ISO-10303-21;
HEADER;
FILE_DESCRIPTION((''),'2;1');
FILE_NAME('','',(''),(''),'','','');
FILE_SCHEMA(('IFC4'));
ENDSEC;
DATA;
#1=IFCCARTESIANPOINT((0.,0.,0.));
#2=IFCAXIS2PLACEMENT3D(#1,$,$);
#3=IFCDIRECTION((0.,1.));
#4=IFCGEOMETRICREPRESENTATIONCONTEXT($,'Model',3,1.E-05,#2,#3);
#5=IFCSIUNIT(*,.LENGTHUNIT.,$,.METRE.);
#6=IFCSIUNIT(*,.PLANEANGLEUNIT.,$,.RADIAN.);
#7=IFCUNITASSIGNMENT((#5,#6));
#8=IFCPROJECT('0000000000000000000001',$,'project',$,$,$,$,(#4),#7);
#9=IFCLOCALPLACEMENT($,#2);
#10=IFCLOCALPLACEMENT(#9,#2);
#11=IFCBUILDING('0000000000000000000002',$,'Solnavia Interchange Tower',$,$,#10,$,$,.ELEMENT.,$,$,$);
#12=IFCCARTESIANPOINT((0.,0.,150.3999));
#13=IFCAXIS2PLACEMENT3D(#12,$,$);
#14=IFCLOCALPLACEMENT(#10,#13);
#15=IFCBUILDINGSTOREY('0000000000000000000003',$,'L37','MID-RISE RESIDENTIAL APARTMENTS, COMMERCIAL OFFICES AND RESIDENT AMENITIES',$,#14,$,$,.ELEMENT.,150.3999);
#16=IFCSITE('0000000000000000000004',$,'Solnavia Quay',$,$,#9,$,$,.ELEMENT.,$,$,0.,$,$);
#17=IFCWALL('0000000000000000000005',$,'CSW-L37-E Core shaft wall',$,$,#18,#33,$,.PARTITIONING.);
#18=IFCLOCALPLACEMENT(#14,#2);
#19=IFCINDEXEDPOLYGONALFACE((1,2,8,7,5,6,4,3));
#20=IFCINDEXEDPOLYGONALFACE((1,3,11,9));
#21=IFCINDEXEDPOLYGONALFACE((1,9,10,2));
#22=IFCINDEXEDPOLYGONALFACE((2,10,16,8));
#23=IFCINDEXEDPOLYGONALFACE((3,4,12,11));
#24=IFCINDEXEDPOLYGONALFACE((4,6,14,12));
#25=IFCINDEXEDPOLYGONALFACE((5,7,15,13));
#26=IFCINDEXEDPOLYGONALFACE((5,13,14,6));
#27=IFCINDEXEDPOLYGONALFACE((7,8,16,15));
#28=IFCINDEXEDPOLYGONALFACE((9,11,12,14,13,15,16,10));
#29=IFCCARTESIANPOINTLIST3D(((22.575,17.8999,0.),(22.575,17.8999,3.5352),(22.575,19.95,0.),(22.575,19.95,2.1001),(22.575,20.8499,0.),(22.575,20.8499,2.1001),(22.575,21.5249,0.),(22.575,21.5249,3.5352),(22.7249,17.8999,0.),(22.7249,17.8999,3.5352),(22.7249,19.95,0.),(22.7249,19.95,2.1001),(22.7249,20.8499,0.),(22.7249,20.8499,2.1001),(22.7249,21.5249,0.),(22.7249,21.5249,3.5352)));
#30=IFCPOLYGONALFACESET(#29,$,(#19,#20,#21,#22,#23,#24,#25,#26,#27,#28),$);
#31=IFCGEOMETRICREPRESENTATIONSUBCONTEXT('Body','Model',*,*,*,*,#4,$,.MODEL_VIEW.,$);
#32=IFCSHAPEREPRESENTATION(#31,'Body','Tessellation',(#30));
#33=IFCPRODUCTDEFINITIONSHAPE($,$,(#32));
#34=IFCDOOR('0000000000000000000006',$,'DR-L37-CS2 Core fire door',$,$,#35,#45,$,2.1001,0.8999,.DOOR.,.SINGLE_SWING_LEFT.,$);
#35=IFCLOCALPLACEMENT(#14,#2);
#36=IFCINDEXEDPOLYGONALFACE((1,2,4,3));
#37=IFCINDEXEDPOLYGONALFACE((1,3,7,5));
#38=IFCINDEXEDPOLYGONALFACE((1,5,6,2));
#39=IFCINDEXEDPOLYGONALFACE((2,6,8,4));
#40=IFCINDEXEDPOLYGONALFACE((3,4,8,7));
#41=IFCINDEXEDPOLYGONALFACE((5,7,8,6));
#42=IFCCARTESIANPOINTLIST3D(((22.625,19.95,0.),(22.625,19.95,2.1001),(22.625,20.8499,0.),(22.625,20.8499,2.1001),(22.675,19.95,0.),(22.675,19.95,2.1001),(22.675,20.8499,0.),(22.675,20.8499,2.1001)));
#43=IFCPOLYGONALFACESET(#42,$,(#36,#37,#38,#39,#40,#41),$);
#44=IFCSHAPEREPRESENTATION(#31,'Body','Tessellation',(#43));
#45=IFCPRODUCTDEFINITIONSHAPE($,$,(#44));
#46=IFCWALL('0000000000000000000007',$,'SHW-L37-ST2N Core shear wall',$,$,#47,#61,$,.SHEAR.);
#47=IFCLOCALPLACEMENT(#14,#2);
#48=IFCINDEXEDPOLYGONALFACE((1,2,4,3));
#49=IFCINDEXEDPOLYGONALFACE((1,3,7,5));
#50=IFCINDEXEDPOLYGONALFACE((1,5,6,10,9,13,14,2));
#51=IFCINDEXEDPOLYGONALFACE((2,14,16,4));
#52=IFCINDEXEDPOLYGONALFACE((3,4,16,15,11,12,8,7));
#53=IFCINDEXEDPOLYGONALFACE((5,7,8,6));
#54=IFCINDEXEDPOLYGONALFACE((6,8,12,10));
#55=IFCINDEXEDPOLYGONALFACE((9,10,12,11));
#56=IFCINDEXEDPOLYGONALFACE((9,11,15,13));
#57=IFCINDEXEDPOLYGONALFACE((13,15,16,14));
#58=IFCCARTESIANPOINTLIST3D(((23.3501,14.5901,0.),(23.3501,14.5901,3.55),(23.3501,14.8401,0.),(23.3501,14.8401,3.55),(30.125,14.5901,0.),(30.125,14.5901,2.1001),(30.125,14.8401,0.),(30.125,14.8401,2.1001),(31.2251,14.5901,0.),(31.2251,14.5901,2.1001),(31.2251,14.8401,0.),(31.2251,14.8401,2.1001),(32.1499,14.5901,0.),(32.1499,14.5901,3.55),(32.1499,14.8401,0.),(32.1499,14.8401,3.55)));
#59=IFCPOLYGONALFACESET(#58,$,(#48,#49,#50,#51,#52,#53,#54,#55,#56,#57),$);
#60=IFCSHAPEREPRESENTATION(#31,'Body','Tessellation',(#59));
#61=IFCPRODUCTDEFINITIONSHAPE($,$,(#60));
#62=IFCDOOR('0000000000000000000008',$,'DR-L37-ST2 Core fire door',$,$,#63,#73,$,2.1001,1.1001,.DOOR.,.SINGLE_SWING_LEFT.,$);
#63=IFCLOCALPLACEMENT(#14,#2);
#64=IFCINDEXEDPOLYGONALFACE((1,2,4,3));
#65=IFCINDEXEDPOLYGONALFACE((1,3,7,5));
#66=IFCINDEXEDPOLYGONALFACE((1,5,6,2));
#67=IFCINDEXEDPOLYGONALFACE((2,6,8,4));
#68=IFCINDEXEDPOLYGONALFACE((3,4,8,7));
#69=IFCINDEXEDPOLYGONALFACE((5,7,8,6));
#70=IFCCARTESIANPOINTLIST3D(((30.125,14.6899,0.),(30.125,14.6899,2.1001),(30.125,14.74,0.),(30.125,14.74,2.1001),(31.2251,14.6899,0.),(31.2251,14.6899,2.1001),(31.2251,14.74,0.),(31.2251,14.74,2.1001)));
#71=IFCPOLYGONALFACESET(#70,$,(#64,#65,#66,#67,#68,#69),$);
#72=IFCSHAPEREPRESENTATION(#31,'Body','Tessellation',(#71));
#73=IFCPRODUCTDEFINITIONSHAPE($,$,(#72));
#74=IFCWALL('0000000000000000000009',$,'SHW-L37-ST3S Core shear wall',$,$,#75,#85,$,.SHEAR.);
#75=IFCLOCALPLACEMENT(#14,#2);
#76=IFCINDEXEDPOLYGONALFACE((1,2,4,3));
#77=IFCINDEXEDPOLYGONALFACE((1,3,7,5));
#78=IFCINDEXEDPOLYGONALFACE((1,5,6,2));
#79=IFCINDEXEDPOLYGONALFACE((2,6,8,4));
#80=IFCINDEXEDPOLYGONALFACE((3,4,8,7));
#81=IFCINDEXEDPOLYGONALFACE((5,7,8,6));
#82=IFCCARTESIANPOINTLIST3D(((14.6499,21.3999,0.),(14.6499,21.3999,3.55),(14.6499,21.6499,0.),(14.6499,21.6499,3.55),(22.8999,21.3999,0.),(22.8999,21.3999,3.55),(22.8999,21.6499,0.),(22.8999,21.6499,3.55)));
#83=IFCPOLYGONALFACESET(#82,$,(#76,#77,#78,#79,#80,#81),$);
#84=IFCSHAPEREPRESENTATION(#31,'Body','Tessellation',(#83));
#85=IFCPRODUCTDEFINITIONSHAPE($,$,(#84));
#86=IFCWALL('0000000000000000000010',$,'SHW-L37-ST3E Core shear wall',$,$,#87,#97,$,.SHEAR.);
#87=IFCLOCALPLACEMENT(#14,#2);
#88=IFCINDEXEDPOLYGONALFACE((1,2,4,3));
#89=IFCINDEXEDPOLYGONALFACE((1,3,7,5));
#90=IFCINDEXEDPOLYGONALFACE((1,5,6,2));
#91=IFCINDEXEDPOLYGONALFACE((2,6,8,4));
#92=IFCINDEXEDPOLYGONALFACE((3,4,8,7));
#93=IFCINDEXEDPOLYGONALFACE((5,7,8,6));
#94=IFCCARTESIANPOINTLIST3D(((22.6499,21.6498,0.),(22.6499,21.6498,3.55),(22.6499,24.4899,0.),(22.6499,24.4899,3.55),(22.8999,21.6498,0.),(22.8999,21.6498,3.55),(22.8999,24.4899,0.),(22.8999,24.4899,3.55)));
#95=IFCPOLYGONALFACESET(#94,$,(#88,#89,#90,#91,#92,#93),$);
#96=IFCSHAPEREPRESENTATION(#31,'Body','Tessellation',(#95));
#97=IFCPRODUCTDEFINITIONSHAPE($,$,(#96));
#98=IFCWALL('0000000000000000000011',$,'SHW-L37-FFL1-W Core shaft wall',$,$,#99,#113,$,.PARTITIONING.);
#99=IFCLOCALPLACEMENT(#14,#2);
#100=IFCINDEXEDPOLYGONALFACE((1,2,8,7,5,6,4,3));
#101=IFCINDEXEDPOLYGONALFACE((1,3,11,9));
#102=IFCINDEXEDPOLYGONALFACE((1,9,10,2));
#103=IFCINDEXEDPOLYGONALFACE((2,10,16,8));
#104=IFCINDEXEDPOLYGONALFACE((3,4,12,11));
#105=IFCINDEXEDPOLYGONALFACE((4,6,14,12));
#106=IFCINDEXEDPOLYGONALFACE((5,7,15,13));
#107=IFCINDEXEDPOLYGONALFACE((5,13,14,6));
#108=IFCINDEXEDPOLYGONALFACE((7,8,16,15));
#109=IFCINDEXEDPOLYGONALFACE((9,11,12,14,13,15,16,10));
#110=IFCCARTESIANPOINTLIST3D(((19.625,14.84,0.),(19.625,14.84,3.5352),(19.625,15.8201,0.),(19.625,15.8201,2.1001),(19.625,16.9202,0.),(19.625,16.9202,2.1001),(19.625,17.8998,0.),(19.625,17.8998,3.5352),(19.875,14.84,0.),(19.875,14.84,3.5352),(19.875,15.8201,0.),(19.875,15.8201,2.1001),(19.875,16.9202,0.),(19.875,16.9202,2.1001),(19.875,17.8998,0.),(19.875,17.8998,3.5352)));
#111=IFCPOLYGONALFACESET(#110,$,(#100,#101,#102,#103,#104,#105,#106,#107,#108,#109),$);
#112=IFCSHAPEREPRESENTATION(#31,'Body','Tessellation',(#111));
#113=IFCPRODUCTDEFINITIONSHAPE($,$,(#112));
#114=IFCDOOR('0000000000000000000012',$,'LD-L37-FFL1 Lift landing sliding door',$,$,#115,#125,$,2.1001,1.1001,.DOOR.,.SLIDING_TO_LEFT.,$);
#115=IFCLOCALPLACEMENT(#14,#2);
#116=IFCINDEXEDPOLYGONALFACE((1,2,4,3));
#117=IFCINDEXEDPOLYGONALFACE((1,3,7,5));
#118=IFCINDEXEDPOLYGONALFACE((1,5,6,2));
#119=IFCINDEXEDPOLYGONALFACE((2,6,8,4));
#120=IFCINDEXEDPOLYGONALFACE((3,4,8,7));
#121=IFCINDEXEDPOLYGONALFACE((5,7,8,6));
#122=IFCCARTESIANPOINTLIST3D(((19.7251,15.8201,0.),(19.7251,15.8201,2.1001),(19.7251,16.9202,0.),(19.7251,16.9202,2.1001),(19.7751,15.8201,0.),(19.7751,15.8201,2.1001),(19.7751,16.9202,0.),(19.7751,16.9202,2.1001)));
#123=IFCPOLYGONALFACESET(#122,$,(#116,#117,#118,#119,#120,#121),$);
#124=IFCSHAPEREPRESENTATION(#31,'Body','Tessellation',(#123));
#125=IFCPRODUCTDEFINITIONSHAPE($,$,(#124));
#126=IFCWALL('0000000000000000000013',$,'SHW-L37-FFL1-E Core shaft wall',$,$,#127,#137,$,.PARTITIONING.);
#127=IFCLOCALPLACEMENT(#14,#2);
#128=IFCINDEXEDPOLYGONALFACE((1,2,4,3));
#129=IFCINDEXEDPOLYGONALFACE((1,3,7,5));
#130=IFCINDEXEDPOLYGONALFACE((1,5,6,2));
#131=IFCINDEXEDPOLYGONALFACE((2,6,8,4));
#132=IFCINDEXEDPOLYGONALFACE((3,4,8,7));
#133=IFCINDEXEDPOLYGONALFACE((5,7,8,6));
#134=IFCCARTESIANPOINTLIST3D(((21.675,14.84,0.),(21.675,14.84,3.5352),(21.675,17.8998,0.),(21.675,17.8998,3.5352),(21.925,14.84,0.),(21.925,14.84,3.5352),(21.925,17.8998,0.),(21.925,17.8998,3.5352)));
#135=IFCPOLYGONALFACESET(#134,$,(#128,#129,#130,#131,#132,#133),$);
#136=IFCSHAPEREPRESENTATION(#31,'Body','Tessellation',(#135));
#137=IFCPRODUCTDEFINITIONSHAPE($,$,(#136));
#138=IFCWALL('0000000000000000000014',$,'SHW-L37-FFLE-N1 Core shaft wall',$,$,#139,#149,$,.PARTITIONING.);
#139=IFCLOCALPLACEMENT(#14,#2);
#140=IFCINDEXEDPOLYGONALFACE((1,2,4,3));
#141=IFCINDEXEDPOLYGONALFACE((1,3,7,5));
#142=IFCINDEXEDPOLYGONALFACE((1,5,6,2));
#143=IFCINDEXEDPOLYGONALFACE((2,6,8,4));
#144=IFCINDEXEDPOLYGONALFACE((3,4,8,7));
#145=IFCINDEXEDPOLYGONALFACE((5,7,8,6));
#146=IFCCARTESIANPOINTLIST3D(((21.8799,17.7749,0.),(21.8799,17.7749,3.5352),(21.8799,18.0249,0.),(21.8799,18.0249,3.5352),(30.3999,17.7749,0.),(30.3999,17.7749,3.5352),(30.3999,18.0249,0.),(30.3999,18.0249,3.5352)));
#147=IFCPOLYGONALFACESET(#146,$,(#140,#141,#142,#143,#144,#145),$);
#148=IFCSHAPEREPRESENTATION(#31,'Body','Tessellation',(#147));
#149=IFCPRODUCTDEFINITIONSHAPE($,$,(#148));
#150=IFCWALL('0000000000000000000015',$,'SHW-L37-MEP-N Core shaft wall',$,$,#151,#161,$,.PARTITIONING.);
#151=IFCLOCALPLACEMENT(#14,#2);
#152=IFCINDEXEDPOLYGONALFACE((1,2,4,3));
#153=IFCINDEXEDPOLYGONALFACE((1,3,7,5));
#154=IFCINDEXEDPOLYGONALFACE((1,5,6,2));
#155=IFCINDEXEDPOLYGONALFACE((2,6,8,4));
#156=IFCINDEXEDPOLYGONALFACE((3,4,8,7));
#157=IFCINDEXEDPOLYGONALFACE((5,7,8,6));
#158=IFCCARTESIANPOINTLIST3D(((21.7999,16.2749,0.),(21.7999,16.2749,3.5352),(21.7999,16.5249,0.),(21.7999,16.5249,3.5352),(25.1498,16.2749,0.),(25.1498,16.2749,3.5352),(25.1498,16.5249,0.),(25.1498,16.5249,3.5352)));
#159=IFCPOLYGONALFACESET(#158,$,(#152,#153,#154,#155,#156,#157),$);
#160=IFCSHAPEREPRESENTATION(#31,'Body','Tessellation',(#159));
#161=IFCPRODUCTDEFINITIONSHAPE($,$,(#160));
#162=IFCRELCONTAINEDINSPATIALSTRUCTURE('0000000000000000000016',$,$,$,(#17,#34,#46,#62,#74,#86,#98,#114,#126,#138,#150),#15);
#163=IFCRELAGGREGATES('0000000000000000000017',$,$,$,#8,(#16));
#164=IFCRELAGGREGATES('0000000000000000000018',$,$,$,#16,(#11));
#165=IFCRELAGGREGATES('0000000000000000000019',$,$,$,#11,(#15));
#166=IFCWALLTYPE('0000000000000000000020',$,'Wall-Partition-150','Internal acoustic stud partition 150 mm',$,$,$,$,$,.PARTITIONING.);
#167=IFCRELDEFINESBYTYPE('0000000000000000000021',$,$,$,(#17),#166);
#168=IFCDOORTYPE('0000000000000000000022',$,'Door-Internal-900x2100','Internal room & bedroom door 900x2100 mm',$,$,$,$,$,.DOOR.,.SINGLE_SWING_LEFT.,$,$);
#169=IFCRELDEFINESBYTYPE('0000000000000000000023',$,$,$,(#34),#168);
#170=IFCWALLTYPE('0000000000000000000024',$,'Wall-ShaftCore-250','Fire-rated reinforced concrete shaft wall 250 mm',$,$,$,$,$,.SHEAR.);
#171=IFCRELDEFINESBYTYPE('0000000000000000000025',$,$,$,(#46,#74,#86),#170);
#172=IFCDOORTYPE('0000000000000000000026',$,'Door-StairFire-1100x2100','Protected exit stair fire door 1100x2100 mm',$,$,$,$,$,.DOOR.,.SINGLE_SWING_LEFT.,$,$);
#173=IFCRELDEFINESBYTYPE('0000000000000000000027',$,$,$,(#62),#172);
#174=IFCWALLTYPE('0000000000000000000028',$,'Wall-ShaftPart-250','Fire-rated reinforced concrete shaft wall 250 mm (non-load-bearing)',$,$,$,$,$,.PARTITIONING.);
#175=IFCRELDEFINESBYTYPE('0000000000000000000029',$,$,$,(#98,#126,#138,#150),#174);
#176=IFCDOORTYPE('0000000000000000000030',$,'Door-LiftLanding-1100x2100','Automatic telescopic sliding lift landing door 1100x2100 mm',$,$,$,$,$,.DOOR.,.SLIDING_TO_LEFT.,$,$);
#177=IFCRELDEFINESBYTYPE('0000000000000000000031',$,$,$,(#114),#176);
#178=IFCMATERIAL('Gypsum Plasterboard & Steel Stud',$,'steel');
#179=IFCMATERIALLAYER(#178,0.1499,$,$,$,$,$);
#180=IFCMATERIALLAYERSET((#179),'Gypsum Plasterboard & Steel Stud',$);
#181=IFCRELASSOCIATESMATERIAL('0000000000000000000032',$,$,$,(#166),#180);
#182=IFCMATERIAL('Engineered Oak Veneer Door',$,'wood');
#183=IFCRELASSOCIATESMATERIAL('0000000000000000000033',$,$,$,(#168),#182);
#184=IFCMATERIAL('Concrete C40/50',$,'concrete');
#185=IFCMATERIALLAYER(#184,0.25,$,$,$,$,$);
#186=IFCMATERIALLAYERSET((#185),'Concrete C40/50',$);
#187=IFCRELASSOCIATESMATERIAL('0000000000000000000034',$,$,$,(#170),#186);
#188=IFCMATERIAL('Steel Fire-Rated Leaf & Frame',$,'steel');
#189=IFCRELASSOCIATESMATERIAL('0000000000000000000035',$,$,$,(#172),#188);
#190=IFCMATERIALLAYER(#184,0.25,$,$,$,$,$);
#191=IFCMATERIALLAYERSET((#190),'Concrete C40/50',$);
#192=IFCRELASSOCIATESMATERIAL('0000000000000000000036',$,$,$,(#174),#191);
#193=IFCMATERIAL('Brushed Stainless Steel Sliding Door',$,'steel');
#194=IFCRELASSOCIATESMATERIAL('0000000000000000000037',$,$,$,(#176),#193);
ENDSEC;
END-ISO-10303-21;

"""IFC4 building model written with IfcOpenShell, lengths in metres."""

from ifc_helpers import new_model, si_unit, direction, frame, frame_2d, origin, place, context, subcontext, project, spatial, rectangle, extrude, material, layer, layer_set, type_object, element, fill, save


model = new_model("IFC4")

# Units and contexts
model_context = context("Model", 3, precision=1e-05, world=origin(), true_north=direction((0.0, 1.0)))
body_context = subcontext(model_context, "Body", "Model", "MODEL_VIEW")
ifc_project = project(units=[si_unit("LENGTHUNIT", "METRE"), si_unit("PLANEANGLEUNIT", "RADIAN")], contexts=[model_context])

# Site, building, storey
site_placement = place(None, origin())
site = spatial("IfcSite", under=ifc_project, at=site_placement, Name="Solnavia Quay", CompositionType="ELEMENT", RefElevation=0.0)
building_placement = place(site_placement, origin())
building = spatial("IfcBuilding", under=site, at=building_placement, Name="Solnavia Interchange Tower", CompositionType="ELEMENT")
storey_placement = place(building_placement, frame((0.0, 0.0, 150.3999)))
storey = spatial("IfcBuildingStorey", under=building, at=storey_placement, Name="L37", Description="MID-RISE RESIDENTIAL APARTMENTS, COMMERCIAL OFFICES AND RESIDENT AMENITIES", CompositionType="ELEMENT", Elevation=150.3999)

# Walls, openings, doors
ifc_material_1 = material(Name="Gypsum Plasterboard & Steel Stud", Category="steel")
ifc_layer_1 = layer(ifc_material_1, 0.1499)
ifc_layer_set_1 = layer_set([ifc_layer_1], Name="Gypsum Plasterboard & Steel Stud")
wall_type_1 = type_object("IfcWallType", Name="Wall-Partition-150", Description="Internal acoustic stud partition 150 mm", PredefinedType="PARTITIONING", material=ifc_layer_set_1)
wall_1_placement = place(storey_placement, frame((22.6499, 17.8999, 0.0), z_axis=(0.0, 0.0, 1.0), x_axis=(0.0, 1.0, 0.0)))
wall_1 = element("IfcWall", 1, at=wall_1_placement, inside=storey, type_object=wall_type_1, Name="CSW-L37-E Core shaft wall", PredefinedType="PARTITIONING", context=body_context, shape_type="SweptSolid", body=[
    extrude(rectangle(XDim=3.625, YDim=0.1499, at=frame_2d((1.8125, 0.0))), origin(), (0.0, 0.0, 1.0), 3.5352),
])
opening_1_placement = place(wall_1_placement, frame((2.05, 0.0, 0.0)))
opening_1 = element("IfcOpeningElement", 2, at=opening_1_placement, cuts=wall_1, PredefinedType="OPENING", context=body_context, shape_type="SweptSolid", body=[
    extrude(rectangle(XDim=0.8999, YDim=2.1001, at=frame_2d((0.45, 1.05))), frame((0.0, 0.085, 0.0), z_axis=(0.0, -1.0, 0.0), x_axis=(1.0, 0.0, 0.0)), (0.0, 0.0, 1.0), 0.1699),
])
ifc_material_2 = material(Name="Engineered Oak Veneer Door", Category="wood")
door_type_1 = type_object("IfcDoorType", Name="Door-Internal-900x2100", Description="Internal room & bedroom door 900x2100 mm", OperationType="SINGLE_SWING_LEFT", PredefinedType="DOOR", material=ifc_material_2)
door_1_placement = place(opening_1_placement, origin())
door_1 = element("IfcDoor", 3, at=door_1_placement, inside=storey, type_object=door_type_1, Name="DR-L37-CS2 Core fire door", OperationType="SINGLE_SWING_LEFT", OverallHeight=2.1001, OverallWidth=0.8999, PredefinedType="DOOR", context=body_context, shape_type="SweptSolid", body=[
    extrude(rectangle(XDim=0.8999, YDim=2.1001, at=frame_2d((0.45, 1.05))), frame((0.0, 0.0249, 0.0), z_axis=(0.0, -1.0, 0.0), x_axis=(1.0, 0.0, 0.0)), (0.0, 0.0, 1.0), 0.05),
])
fill(opening_1, door_1)
ifc_material_3 = material(Name="Concrete C40/50", Category="concrete")
ifc_layer_2 = layer(ifc_material_3, 0.25)
ifc_layer_set_2 = layer_set([ifc_layer_2], Name="Concrete C40/50")
wall_type_2 = type_object("IfcWallType", Name="Wall-ShaftCore-250", Description="Fire-rated reinforced concrete shaft wall 250 mm", PredefinedType="SHEAR", material=ifc_layer_set_2)
wall_2_placement = place(storey_placement, frame((23.3501, 14.7151, 0.0), z_axis=(0.0, 0.0, 1.0), x_axis=(1.0, 0.0, 0.0)))
wall_2 = element("IfcWall", 4, at=wall_2_placement, inside=storey, type_object=wall_type_2, Name="SHW-L37-ST2N Core shear wall", PredefinedType="SHEAR", context=body_context, shape_type="SweptSolid", body=[
    extrude(rectangle(XDim=8.7998, YDim=0.25, at=frame_2d((4.3999, 0.0))), origin(), (0.0, 0.0, 1.0), 3.55),
])
opening_2_placement = place(wall_2_placement, frame((6.7749, 0.0, 0.0)))
opening_2 = element("IfcOpeningElement", 5, at=opening_2_placement, cuts=wall_2, PredefinedType="OPENING", context=body_context, shape_type="SweptSolid", body=[
    extrude(rectangle(XDim=1.1001, YDim=2.1001, at=frame_2d((0.55, 1.05))), frame((0.0, 0.135, 0.0), z_axis=(0.0, -1.0, 0.0), x_axis=(1.0, 0.0, 0.0)), (0.0, 0.0, 1.0), 0.27),
])
ifc_material_4 = material(Name="Steel Fire-Rated Leaf & Frame", Category="steel")
door_type_2 = type_object("IfcDoorType", Name="Door-StairFire-1100x2100", Description="Protected exit stair fire door 1100x2100 mm", OperationType="SINGLE_SWING_LEFT", PredefinedType="DOOR", material=ifc_material_4)
door_2_placement = place(opening_2_placement, origin())
door_2 = element("IfcDoor", 6, at=door_2_placement, inside=storey, type_object=door_type_2, Name="DR-L37-ST2 Core fire door", OperationType="SINGLE_SWING_LEFT", OverallHeight=2.1001, OverallWidth=1.1001, PredefinedType="DOOR", context=body_context, shape_type="SweptSolid", body=[
    extrude(rectangle(XDim=1.1001, YDim=2.1001, at=frame_2d((0.55, 1.05))), frame((0.0, 0.0249, 0.0), z_axis=(0.0, -1.0, 0.0), x_axis=(1.0, 0.0, 0.0)), (0.0, 0.0, 1.0), 0.05),
])
fill(opening_2, door_2)

# Walls
wall_3_placement = place(storey_placement, frame((14.6499, 21.5249, 0.0), z_axis=(0.0, 0.0, 1.0), x_axis=(1.0, 0.0, 0.0)))
element("IfcWall", 7, at=wall_3_placement, inside=storey, type_object=wall_type_2, Name="SHW-L37-ST3S Core shear wall", PredefinedType="SHEAR", context=body_context, shape_type="SweptSolid", body=[
    extrude(rectangle(XDim=8.25, YDim=0.25, at=frame_2d((4.125, 0.0))), origin(), (0.0, 0.0, 1.0), 3.55),
])
wall_4_placement = place(storey_placement, frame((22.7749, 21.6499, 0.0), z_axis=(0.0, 0.0, 1.0), x_axis=(0.0, 1.0, 0.0)))
element("IfcWall", 8, at=wall_4_placement, inside=storey, type_object=wall_type_2, Name="SHW-L37-ST3E Core shear wall", PredefinedType="SHEAR", context=body_context, shape_type="SweptSolid", body=[
    extrude(rectangle(XDim=2.8401, YDim=0.25, at=frame_2d((1.4199, 0.0))), origin(), (0.0, 0.0, 1.0), 3.55),
])

# Wall, opening, door
ifc_layer_3 = layer(ifc_material_3, 0.25)
ifc_layer_set_3 = layer_set([ifc_layer_3], Name="Concrete C40/50")
wall_type_3 = type_object("IfcWallType", Name="Wall-ShaftPart-250", Description="Fire-rated reinforced concrete shaft wall 250 mm (non-load-bearing)", PredefinedType="PARTITIONING", material=ifc_layer_set_3)
wall_5_placement = place(storey_placement, frame((19.75, 14.8401, 0.0), z_axis=(0.0, 0.0, 1.0), x_axis=(0.0, 1.0, 0.0)))
wall_5 = element("IfcWall", 9, at=wall_5_placement, inside=storey, type_object=wall_type_3, Name="SHW-L37-FFL1-W Core shaft wall", PredefinedType="PARTITIONING", context=body_context, shape_type="SweptSolid", body=[
    extrude(rectangle(XDim=3.0598, YDim=0.25, at=frame_2d((1.5298, 0.0))), origin(), (0.0, 0.0, 1.0), 3.5352),
])
opening_3_placement = place(wall_5_placement, frame((0.98, 0.0, 0.0)))
opening_3 = element("IfcOpeningElement", 10, at=opening_3_placement, cuts=wall_5, PredefinedType="OPENING", context=body_context, shape_type="SweptSolid", body=[
    extrude(rectangle(XDim=1.1001, YDim=2.1001, at=frame_2d((0.55, 1.05))), frame((0.0, 0.135, 0.0), z_axis=(0.0, -1.0, 0.0), x_axis=(1.0, 0.0, 0.0)), (0.0, 0.0, 1.0), 0.27),
])
ifc_material_5 = material(Name="Brushed Stainless Steel Sliding Door", Category="steel")
door_type_3 = type_object("IfcDoorType", Name="Door-LiftLanding-1100x2100", Description="Automatic telescopic sliding lift landing door 1100x2100 mm", OperationType="SLIDING_TO_LEFT", PredefinedType="DOOR", material=ifc_material_5)
door_3_placement = place(opening_3_placement, origin())
door_3 = element("IfcDoor", 11, at=door_3_placement, inside=storey, type_object=door_type_3, Name="LD-L37-FFL1 Lift landing sliding door", OperationType="SLIDING_TO_LEFT", OverallHeight=2.1001, OverallWidth=1.1001, PredefinedType="DOOR", context=body_context, shape_type="SweptSolid", body=[
    extrude(rectangle(XDim=1.1001, YDim=2.1001, at=frame_2d((0.55, 1.05))), frame((0.0, 0.0249, 0.0), z_axis=(0.0, -1.0, 0.0), x_axis=(1.0, 0.0, 0.0)), (0.0, 0.0, 1.0), 0.05),
])
fill(opening_3, door_3)

# Walls
wall_6_placement = place(storey_placement, frame((21.8, 14.8401, 0.0), z_axis=(0.0, 0.0, 1.0), x_axis=(0.0, 1.0, 0.0)))
element("IfcWall", 12, at=wall_6_placement, inside=storey, type_object=wall_type_3, Name="SHW-L37-FFL1-E Core shaft wall", PredefinedType="PARTITIONING", context=body_context, shape_type="SweptSolid", body=[
    extrude(rectangle(XDim=3.0598, YDim=0.25, at=frame_2d((1.5298, 0.0))), origin(), (0.0, 0.0, 1.0), 3.5352),
])
wall_7_placement = place(storey_placement, frame((21.8799, 17.8999, 0.0), z_axis=(0.0, 0.0, 1.0), x_axis=(1.0, 0.0, 0.0)))
element("IfcWall", 13, at=wall_7_placement, inside=storey, type_object=wall_type_3, Name="SHW-L37-FFLE-N1 Core shaft wall", PredefinedType="PARTITIONING", context=body_context, shape_type="SweptSolid", body=[
    extrude(rectangle(XDim=8.52, YDim=0.25, at=frame_2d((4.26, 0.0))), origin(), (0.0, 0.0, 1.0), 3.5352),
])
wall_8_placement = place(storey_placement, frame((21.8, 16.3999, 0.0), z_axis=(0.0, 0.0, 1.0), x_axis=(1.0, 0.0, 0.0)))
element("IfcWall", 14, at=wall_8_placement, inside=storey, type_object=wall_type_3, Name="SHW-L37-MEP-N Core shaft wall", PredefinedType="PARTITIONING", context=body_context, shape_type="SweptSolid", body=[
    extrude(rectangle(XDim=3.3499, YDim=0.25, at=frame_2d((1.6748, 0.0))), origin(), (0.0, 0.0, 1.0), 3.5352),
])

save(model, "model.ifc")
